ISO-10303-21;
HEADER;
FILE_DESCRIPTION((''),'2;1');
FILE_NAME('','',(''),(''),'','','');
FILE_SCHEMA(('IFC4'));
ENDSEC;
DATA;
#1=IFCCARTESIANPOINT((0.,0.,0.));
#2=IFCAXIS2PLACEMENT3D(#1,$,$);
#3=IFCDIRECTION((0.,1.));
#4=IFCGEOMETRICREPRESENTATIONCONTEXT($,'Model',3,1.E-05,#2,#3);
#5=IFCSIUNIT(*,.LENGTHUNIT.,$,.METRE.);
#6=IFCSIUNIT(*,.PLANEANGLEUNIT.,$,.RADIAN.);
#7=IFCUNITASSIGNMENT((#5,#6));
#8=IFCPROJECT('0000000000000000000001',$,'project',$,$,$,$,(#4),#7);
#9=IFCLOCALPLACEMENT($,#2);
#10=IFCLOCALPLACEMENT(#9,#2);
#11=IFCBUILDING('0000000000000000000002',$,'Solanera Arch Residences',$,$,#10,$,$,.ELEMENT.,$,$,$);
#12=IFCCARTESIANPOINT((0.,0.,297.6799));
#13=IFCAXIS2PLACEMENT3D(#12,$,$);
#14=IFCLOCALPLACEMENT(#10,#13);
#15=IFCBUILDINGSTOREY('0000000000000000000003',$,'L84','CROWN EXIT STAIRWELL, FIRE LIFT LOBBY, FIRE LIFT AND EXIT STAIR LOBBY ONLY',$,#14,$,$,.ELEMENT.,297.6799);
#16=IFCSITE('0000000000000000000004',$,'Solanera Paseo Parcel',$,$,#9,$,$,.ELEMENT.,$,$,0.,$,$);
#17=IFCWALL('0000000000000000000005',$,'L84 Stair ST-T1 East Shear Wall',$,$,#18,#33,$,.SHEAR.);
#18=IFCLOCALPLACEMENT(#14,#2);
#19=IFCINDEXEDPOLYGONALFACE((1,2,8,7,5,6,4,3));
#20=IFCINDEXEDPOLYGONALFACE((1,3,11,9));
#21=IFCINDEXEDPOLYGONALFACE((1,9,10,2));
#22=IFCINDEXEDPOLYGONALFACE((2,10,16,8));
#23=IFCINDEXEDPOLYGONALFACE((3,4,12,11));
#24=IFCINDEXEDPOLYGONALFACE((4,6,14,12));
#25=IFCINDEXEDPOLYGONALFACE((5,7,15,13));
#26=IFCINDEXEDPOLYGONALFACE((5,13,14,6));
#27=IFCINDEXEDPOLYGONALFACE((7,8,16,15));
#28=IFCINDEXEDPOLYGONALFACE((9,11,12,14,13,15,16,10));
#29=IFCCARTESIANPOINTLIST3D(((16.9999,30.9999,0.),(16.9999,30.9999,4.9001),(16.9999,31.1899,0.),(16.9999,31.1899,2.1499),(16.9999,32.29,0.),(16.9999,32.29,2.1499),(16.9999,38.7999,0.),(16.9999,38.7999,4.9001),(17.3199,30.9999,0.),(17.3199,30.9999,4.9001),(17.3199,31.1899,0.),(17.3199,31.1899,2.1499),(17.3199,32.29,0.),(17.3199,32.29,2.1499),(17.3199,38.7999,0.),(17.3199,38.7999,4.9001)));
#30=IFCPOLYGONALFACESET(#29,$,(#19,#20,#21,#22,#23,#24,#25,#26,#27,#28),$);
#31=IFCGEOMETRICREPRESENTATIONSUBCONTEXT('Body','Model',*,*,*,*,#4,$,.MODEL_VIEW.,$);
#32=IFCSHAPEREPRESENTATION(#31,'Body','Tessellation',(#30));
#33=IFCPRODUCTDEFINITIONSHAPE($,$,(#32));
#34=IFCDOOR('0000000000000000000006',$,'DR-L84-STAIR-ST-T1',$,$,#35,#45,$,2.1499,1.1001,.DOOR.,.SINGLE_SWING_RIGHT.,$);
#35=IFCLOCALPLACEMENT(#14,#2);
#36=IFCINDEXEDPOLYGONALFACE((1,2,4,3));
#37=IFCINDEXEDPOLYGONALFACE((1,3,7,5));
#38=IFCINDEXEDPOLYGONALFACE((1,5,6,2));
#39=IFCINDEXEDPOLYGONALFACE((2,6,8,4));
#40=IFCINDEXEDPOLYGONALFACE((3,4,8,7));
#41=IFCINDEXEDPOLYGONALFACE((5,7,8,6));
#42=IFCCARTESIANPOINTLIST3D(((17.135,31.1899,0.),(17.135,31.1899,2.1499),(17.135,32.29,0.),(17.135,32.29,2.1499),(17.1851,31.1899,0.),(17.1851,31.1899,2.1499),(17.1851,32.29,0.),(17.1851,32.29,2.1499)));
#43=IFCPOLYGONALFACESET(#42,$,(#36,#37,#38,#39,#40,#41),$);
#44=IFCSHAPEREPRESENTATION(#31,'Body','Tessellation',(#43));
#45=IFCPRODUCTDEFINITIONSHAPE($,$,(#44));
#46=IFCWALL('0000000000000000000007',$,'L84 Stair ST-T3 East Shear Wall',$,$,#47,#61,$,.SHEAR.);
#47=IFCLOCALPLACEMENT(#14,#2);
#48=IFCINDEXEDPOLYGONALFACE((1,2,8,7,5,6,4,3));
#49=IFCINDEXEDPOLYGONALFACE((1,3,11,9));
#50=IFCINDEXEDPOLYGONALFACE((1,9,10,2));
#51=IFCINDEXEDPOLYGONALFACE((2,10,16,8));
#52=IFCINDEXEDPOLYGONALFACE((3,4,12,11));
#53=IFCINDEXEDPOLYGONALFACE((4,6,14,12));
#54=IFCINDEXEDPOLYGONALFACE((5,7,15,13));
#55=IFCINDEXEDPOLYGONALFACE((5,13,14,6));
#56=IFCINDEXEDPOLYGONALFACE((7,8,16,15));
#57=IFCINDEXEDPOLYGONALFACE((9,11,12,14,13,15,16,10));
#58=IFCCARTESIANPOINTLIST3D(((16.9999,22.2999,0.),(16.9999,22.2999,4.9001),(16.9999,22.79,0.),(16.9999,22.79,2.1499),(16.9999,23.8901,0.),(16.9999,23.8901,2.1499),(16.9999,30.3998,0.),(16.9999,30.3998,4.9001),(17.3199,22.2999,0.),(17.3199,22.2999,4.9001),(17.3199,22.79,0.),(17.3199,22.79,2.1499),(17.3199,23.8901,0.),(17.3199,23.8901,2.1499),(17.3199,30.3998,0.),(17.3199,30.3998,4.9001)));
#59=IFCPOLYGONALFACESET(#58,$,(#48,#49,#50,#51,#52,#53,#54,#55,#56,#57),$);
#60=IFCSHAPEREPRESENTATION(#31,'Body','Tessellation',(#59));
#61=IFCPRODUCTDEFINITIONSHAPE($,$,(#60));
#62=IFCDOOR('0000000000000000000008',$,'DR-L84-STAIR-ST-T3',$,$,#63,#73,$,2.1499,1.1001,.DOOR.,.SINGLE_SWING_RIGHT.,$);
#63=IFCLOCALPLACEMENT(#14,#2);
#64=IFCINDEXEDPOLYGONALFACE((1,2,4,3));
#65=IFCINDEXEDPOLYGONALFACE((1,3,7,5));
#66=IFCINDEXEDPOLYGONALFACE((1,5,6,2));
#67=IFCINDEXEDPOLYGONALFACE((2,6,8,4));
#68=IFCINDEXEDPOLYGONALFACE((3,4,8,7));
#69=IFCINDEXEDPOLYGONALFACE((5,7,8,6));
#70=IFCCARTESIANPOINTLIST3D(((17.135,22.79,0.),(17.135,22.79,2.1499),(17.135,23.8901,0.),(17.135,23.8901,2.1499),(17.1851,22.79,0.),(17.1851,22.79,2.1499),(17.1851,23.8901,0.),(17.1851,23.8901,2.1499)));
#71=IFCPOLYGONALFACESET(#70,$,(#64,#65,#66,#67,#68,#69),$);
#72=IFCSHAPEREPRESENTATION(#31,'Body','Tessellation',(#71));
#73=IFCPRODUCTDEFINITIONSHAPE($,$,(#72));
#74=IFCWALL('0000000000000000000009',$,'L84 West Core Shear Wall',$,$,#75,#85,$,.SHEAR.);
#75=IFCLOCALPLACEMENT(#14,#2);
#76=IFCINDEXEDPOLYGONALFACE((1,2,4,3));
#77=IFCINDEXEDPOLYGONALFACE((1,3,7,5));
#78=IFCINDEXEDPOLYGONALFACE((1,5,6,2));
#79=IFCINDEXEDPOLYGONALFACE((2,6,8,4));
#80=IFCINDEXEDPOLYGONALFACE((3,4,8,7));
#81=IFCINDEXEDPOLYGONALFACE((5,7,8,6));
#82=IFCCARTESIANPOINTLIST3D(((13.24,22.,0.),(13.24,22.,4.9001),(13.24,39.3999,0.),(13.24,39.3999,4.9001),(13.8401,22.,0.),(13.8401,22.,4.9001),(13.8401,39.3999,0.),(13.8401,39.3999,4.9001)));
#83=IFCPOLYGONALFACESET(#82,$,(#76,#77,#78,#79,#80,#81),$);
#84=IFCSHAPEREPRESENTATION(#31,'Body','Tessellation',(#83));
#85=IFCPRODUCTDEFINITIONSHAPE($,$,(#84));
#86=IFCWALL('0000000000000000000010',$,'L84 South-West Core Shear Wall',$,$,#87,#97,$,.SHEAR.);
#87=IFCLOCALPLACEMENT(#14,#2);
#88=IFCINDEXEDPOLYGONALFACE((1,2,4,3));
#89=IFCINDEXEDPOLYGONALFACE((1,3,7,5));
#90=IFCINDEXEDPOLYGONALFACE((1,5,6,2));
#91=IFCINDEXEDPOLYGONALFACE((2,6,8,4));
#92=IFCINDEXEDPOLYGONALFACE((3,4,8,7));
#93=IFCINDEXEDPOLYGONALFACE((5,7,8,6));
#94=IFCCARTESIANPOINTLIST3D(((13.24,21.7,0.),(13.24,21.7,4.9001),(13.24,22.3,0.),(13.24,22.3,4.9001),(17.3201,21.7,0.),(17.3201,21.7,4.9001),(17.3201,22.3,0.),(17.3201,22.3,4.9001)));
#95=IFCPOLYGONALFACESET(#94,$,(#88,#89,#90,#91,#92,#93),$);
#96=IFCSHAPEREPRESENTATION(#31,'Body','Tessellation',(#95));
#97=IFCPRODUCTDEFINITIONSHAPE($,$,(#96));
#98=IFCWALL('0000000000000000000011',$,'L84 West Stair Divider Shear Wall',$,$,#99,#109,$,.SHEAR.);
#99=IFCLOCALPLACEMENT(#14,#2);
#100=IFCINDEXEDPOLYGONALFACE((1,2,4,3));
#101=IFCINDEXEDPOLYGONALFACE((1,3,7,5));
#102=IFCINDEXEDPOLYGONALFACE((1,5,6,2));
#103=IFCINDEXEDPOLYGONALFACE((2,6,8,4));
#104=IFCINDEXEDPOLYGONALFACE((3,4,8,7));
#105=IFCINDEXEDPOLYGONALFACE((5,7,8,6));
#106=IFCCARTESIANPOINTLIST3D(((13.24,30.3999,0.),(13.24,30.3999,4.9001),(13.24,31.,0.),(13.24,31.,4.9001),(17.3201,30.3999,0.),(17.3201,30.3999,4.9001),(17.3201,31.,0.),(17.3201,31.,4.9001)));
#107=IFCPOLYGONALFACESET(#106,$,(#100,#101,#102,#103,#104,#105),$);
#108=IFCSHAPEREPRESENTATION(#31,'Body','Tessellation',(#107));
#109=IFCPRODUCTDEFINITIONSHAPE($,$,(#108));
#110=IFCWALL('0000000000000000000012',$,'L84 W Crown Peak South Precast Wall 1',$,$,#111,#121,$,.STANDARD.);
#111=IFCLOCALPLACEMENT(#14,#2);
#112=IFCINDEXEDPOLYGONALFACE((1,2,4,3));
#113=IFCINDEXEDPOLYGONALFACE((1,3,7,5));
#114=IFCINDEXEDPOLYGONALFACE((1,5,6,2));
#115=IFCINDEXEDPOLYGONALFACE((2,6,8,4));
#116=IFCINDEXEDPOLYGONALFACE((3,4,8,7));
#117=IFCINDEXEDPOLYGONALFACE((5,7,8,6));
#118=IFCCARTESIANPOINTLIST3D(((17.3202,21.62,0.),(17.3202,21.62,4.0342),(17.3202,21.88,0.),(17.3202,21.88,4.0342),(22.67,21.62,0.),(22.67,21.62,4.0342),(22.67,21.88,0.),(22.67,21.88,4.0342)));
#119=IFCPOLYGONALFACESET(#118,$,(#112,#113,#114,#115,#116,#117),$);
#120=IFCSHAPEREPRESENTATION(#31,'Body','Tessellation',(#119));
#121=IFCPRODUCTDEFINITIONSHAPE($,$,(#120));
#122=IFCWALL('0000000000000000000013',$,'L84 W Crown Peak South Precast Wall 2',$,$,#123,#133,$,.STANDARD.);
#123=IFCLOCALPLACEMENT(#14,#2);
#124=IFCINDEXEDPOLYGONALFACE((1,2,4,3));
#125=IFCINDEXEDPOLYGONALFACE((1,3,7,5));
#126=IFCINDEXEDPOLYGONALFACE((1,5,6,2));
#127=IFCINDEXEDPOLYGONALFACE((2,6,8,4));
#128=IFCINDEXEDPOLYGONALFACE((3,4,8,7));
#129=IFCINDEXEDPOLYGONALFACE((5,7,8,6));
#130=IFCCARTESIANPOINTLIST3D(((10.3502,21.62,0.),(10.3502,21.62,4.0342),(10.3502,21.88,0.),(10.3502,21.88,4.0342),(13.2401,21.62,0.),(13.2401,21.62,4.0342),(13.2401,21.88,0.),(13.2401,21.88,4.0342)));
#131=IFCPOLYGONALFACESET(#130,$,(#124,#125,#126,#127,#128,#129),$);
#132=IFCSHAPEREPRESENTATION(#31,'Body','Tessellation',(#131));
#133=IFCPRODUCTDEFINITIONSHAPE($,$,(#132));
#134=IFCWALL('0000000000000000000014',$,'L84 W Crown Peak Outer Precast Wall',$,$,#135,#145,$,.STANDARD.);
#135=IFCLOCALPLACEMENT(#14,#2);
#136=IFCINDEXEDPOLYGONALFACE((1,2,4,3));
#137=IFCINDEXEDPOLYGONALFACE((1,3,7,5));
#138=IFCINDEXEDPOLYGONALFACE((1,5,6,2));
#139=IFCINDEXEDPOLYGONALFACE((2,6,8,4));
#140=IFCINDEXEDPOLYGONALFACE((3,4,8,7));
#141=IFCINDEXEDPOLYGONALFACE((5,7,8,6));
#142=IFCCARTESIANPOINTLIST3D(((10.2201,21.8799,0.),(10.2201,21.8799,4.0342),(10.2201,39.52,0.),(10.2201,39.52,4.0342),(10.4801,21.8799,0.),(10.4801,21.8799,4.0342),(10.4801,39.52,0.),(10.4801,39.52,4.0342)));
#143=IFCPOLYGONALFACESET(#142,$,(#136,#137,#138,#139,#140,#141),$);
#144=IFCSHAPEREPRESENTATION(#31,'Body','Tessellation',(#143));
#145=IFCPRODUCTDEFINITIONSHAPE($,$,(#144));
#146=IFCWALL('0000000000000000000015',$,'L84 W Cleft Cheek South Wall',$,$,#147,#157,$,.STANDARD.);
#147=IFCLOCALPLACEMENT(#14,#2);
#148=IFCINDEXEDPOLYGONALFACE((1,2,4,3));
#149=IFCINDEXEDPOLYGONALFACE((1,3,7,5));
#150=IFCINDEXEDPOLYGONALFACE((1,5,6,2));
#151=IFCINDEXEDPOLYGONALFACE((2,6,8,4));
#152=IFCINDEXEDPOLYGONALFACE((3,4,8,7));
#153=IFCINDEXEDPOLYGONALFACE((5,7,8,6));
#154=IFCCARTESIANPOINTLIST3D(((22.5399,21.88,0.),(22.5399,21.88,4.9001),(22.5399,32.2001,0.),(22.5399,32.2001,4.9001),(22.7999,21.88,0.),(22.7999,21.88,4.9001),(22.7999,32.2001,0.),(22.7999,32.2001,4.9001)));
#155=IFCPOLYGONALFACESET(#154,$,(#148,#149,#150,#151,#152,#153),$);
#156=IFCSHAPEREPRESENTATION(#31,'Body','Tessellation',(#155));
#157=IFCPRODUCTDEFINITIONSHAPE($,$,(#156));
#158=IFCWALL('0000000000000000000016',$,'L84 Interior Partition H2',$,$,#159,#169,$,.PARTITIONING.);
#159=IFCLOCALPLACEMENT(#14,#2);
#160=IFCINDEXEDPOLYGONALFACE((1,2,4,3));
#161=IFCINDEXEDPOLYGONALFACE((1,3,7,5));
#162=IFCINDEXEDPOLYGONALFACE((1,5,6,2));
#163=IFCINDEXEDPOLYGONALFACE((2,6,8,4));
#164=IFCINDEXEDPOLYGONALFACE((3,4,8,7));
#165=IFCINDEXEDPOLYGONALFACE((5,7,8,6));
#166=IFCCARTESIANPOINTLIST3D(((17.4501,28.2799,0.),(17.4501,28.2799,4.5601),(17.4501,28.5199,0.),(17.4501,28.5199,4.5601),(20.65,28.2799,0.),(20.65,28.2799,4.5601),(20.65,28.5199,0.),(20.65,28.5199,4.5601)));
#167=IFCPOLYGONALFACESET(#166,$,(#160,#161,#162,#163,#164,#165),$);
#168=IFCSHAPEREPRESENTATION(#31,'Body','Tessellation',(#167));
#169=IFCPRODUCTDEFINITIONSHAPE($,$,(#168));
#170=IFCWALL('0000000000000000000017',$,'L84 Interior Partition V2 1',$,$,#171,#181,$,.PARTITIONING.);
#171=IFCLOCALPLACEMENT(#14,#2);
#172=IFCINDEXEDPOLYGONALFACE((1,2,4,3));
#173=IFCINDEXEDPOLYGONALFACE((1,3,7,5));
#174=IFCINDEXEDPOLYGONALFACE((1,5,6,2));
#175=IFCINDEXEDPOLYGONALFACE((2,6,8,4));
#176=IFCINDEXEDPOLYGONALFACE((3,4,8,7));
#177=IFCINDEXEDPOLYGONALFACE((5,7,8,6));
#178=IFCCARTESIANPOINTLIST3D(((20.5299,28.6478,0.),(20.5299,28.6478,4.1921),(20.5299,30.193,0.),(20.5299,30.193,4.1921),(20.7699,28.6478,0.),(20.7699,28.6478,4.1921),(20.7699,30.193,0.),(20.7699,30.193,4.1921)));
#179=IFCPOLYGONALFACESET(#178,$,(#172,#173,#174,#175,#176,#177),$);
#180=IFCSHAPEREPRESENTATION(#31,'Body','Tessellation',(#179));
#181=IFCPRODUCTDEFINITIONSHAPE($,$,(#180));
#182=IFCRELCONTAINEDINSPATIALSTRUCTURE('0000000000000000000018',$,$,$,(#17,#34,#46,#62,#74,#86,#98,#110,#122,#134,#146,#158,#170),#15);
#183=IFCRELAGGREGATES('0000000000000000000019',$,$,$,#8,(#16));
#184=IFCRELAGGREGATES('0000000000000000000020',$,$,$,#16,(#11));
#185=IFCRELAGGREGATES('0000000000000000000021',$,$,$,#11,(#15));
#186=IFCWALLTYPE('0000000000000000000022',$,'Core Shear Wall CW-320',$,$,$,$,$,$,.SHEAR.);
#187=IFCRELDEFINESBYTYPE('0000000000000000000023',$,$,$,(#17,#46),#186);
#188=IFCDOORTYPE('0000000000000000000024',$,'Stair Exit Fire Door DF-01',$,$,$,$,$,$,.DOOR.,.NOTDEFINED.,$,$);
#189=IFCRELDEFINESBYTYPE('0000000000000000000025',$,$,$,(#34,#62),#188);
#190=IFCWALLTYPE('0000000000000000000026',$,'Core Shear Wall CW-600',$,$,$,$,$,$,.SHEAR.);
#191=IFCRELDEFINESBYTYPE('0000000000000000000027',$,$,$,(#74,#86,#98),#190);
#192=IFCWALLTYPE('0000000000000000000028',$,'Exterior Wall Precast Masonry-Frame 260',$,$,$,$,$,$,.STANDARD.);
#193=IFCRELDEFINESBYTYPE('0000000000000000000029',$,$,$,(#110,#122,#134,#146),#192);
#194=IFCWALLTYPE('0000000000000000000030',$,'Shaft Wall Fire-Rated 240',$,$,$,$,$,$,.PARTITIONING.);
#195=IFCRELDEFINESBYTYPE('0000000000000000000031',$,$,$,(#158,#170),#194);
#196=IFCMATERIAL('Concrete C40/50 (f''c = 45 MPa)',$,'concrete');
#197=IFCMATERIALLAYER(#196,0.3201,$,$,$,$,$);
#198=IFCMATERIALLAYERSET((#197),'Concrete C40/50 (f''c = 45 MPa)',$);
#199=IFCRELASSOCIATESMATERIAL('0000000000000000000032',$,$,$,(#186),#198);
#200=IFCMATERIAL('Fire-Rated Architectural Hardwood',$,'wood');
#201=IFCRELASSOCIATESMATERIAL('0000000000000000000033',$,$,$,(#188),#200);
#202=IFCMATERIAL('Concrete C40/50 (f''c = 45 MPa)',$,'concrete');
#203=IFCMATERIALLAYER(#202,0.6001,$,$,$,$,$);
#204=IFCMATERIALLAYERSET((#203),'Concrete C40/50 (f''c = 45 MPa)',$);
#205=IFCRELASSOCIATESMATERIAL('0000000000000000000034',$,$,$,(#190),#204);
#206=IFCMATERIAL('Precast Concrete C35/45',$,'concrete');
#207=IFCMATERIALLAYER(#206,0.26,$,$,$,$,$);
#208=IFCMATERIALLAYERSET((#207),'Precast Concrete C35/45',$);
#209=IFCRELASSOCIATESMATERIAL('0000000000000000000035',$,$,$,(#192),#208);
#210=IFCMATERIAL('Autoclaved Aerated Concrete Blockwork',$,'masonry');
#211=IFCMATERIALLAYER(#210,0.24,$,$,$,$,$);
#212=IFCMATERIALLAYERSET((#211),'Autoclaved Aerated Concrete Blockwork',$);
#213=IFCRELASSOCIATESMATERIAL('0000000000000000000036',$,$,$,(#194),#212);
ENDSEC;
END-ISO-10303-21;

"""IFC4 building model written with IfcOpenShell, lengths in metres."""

from ifc_helpers import new_model, si_unit, direction, frame, frame_2d, origin, place, context, subcontext, project, spatial, rectangle, extrude, material, layer, layer_set, type_object, element, fill, save


model = new_model("IFC4")

# Units and contexts
model_context = context("Model", 3, precision=1e-05, world=origin(), true_north=direction((0.0, 1.0)))
body_context = subcontext(model_context, "Body", "Model", "MODEL_VIEW")
ifc_project = project(units=[si_unit("LENGTHUNIT", "METRE"), si_unit("PLANEANGLEUNIT", "RADIAN")], contexts=[model_context])

# Site, building, storey
site_placement = place(None, origin())
site = spatial("IfcSite", under=ifc_project, at=site_placement, Name="Solanera Paseo Parcel", CompositionType="ELEMENT", RefElevation=0.0)
building_placement = place(site_placement, origin())
building = spatial("IfcBuilding", under=site, at=building_placement, Name="Solanera Arch Residences", CompositionType="ELEMENT")
storey_placement = place(building_placement, frame((0.0, 0.0, 297.6799)))
storey = spatial("IfcBuildingStorey", under=building, at=storey_placement, Name="L84", Description="CROWN EXIT STAIRWELL, FIRE LIFT LOBBY, FIRE LIFT AND EXIT STAIR LOBBY ONLY", CompositionType="ELEMENT", Elevation=297.6799)

# Walls, openings, doors
ifc_material_1 = material(Name="Concrete C40/50 (f'c = 45 MPa)", Category="concrete")
ifc_layer_1 = layer(ifc_material_1, 0.3201)
ifc_layer_set_1 = layer_set([ifc_layer_1], Name="Concrete C40/50 (f'c = 45 MPa)")
wall_type_1 = type_object("IfcWallType", Name="Core Shear Wall CW-320", PredefinedType="SHEAR", material=ifc_layer_set_1)
wall_1_placement = place(storey_placement, frame((17.1599, 31.0, 0.0), z_axis=(0.0, 0.0, 1.0), x_axis=(0.0, 1.0, 0.0)))
wall_1 = element("IfcWall", 1, at=wall_1_placement, inside=storey, type_object=wall_type_1, Name="L84 Stair ST-T1 East Shear Wall", PredefinedType="SHEAR", context=body_context, shape_type="SweptSolid", body=[
    extrude(rectangle(XDim=7.8, YDim=0.3201, at=frame_2d((3.8999, 0.0))), origin(), (0.0, 0.0, 1.0), 4.9001),
])
opening_1_placement = place(wall_1_placement, frame((0.1899, 0.0, 0.0)))
opening_1 = element("IfcOpeningElement", 2, at=opening_1_placement, cuts=wall_1, PredefinedType="OPENING", context=body_context, shape_type="SweptSolid", body=[
    extrude(rectangle(XDim=1.1001, YDim=2.1499, at=frame_2d((0.55, 1.075))), frame((0.0, 0.1699, 0.0), z_axis=(0.0, -1.0, 0.0), x_axis=(1.0, 0.0, 0.0)), (0.0, 0.0, 1.0), 0.3401),
])
ifc_material_2 = material(Name="Fire-Rated Architectural Hardwood", Category="wood")
door_type = type_object("IfcDoorType", Name="Stair Exit Fire Door DF-01", OperationType="NOTDEFINED", PredefinedType="DOOR", material=ifc_material_2)
door_1_placement = place(opening_1_placement, origin())
door_1 = element("IfcDoor", 3, at=door_1_placement, inside=storey, type_object=door_type, Name="DR-L84-STAIR-ST-T1", OperationType="SINGLE_SWING_RIGHT", OverallHeight=2.1499, OverallWidth=1.1001, PredefinedType="DOOR", context=body_context, shape_type="SweptSolid", body=[
    extrude(rectangle(XDim=1.1001, YDim=2.1499, at=frame_2d((0.55, 1.075))), frame((0.0, 0.0249, 0.0), z_axis=(0.0, -1.0, 0.0), x_axis=(1.0, 0.0, 0.0)), (0.0, 0.0, 1.0), 0.05),
])
fill(opening_1, door_1)
wall_2_placement = place(storey_placement, frame((17.1599, 22.3, 0.0), z_axis=(0.0, 0.0, 1.0), x_axis=(0.0, 1.0, 0.0)))
wall_2 = element("IfcWall", 4, at=wall_2_placement, inside=storey, type_object=wall_type_1, Name="L84 Stair ST-T3 East Shear Wall", PredefinedType="SHEAR", context=body_context, shape_type="SweptSolid", body=[
    extrude(rectangle(XDim=8.0999, YDim=0.3201, at=frame_2d((4.0498, 0.0))), origin(), (0.0, 0.0, 1.0), 4.9001),
])
opening_2_placement = place(wall_2_placement, frame((0.49, 0.0, 0.0)))
opening_2 = element("IfcOpeningElement", 5, at=opening_2_placement, cuts=wall_2, PredefinedType="OPENING", context=body_context, shape_type="SweptSolid", body=[
    extrude(rectangle(XDim=1.1001, YDim=2.1499, at=frame_2d((0.55, 1.075))), frame((0.0, 0.1699, 0.0), z_axis=(0.0, -1.0, 0.0), x_axis=(1.0, 0.0, 0.0)), (0.0, 0.0, 1.0), 0.3401),
])
door_2_placement = place(opening_2_placement, origin())
door_2 = element("IfcDoor", 6, at=door_2_placement, inside=storey, type_object=door_type, Name="DR-L84-STAIR-ST-T3", OperationType="SINGLE_SWING_RIGHT", OverallHeight=2.1499, OverallWidth=1.1001, PredefinedType="DOOR", context=body_context, shape_type="SweptSolid", body=[
    extrude(rectangle(XDim=1.1001, YDim=2.1499, at=frame_2d((0.55, 1.075))), frame((0.0, 0.0249, 0.0), z_axis=(0.0, -1.0, 0.0), x_axis=(1.0, 0.0, 0.0)), (0.0, 0.0, 1.0), 0.05),
])
fill(opening_2, door_2)

# Walls
ifc_material_3 = material(Name="Concrete C40/50 (f'c = 45 MPa)", Category="concrete")
ifc_layer_2 = layer(ifc_material_3, 0.6001)
ifc_layer_set_2 = layer_set([ifc_layer_2], Name="Concrete C40/50 (f'c = 45 MPa)")
wall_type_2 = type_object("IfcWallType", Name="Core Shear Wall CW-600", PredefinedType="SHEAR", material=ifc_layer_set_2)
wall_3_placement = place(storey_placement, frame((13.54, 22.0, 0.0), z_axis=(0.0, 0.0, 1.0), x_axis=(0.0, 1.0, 0.0)))
element("IfcWall", 7, at=wall_3_placement, inside=storey, type_object=wall_type_2, Name="L84 West Core Shear Wall", PredefinedType="SHEAR", context=body_context, shape_type="SweptSolid", body=[
    extrude(rectangle(XDim=17.3999, YDim=0.6001, at=frame_2d((8.7, 0.0))), origin(), (0.0, 0.0, 1.0), 4.9001),
])
for number, where, z_axis, x_axis, name in (
    (8, (13.24, 22.0, 0.0), (0.0, 0.0, 1.0), (1.0, 0.0, 0.0), "L84 South-West Core Shear Wall"),
    (9, (13.24, 30.7, 0.0), (0.0, 0.0, 1.0), (1.0, 0.0, 0.0), "L84 West Stair Divider Shear Wall"),
):
    element("IfcWall", number, at=place(storey_placement, frame(where, z_axis=z_axis, x_axis=x_axis)), inside=storey, type_object=wall_type_2, Name=name, PredefinedType="SHEAR", context=body_context, shape_type="SweptSolid", body=[
        extrude(rectangle(XDim=4.0801, YDim=0.6001, at=frame_2d((2.04, 0.0))), origin(), (0.0, 0.0, 1.0), 4.9001),
    ])
ifc_material_4 = material(Name="Precast Concrete C35/45", Category="concrete")
ifc_layer_3 = layer(ifc_material_4, 0.26)
ifc_layer_set_3 = layer_set([ifc_layer_3], Name="Precast Concrete C35/45")
wall_type_3 = type_object("IfcWallType", Name="Exterior Wall Precast Masonry-Frame 260", PredefinedType="STANDARD", material=ifc_layer_set_3)
wall_4_placement = place(storey_placement, frame((22.6699, 21.75, 0.0), z_axis=(0.0, 0.0, 1.0), x_axis=(-1.0, 0.0, 0.0)))
element("IfcWall", 10, at=wall_4_placement, inside=storey, type_object=wall_type_3, Name="L84 W Crown Peak South Precast Wall 1", PredefinedType="STANDARD", context=body_context, shape_type="SweptSolid", body=[
    extrude(rectangle(XDim=5.3499, YDim=0.26, at=frame_2d((2.6748, 0.0))), origin(), (0.0, 0.0, 1.0), 4.0342),
])
wall_5_placement = place(storey_placement, frame((13.24, 21.75, 0.0), z_axis=(0.0, 0.0, 1.0), x_axis=(-1.0, 0.0, 0.0)))
element("IfcWall", 11, at=wall_5_placement, inside=storey, type_object=wall_type_3, Name="L84 W Crown Peak South Precast Wall 2", PredefinedType="STANDARD", context=body_context, shape_type="SweptSolid", body=[
    extrude(rectangle(XDim=2.8899, YDim=0.26, at=frame_2d((1.4448, 0.0))), origin(), (0.0, 0.0, 1.0), 4.0342),
])
wall_6_placement = place(storey_placement, frame((10.3501, 21.8799, 0.0), z_axis=(0.0, 0.0, 1.0), x_axis=(0.0, 1.0, 0.0)))
element("IfcWall", 12, at=wall_6_placement, inside=storey, type_object=wall_type_3, Name="L84 W Crown Peak Outer Precast Wall", PredefinedType="STANDARD", context=body_context, shape_type="SweptSolid", body=[
    extrude(rectangle(XDim=17.6401, YDim=0.26, at=frame_2d((8.8201, 0.0))), origin(), (0.0, 0.0, 1.0), 4.0342),
])
wall_7_placement = place(storey_placement, frame((22.6699, 21.8799, 0.0), z_axis=(0.0, 0.0, 1.0), x_axis=(0.0, 1.0, 0.0)))
element("IfcWall", 13, at=wall_7_placement, inside=storey, type_object=wall_type_3, Name="L84 W Cleft Cheek South Wall", PredefinedType="STANDARD", context=body_context, shape_type="SweptSolid", body=[
    extrude(rectangle(XDim=10.3201, YDim=0.26, at=frame_2d((5.1602, 0.0))), origin(), (0.0, 0.0, 1.0), 4.9001),
])
ifc_material_5 = material(Name="Autoclaved Aerated Concrete Blockwork", Category="masonry")
ifc_layer_4 = layer(ifc_material_5, 0.24)
ifc_layer_set_4 = layer_set([ifc_layer_4], Name="Autoclaved Aerated Concrete Blockwork")
wall_type_4 = type_object("IfcWallType", Name="Shaft Wall Fire-Rated 240", PredefinedType="PARTITIONING", material=ifc_layer_set_4)
wall_8_placement = place(storey_placement, frame((17.45, 28.3999, 0.0), z_axis=(0.0, 0.0, 1.0), x_axis=(1.0, 0.0, 0.0)))
element("IfcWall", 14, at=wall_8_placement, inside=storey, type_object=wall_type_4, Name="L84 Interior Partition H2", PredefinedType="PARTITIONING", context=body_context, shape_type="SweptSolid", body=[
    extrude(rectangle(XDim=3.2, YDim=0.24, at=frame_2d((1.6001, 0.0))), origin(), (0.0, 0.0, 1.0), 4.5601),
])
wall_9_placement = place(storey_placement, frame((20.6499, 28.6479, 0.0), z_axis=(0.0, 0.0, 1.0), x_axis=(0.0, 1.0, 0.0)))
element("IfcWall", 15, at=wall_9_placement, inside=storey, type_object=wall_type_4, Name="L84 Interior Partition V2 1", PredefinedType="PARTITIONING", context=body_context, shape_type="SweptSolid", body=[
    extrude(rectangle(XDim=1.5452, YDim=0.24, at=frame_2d((0.7725, 0.0))), origin(), (0.0, 0.0, 1.0), 4.1921),
])

save(model, "model.ifc")
